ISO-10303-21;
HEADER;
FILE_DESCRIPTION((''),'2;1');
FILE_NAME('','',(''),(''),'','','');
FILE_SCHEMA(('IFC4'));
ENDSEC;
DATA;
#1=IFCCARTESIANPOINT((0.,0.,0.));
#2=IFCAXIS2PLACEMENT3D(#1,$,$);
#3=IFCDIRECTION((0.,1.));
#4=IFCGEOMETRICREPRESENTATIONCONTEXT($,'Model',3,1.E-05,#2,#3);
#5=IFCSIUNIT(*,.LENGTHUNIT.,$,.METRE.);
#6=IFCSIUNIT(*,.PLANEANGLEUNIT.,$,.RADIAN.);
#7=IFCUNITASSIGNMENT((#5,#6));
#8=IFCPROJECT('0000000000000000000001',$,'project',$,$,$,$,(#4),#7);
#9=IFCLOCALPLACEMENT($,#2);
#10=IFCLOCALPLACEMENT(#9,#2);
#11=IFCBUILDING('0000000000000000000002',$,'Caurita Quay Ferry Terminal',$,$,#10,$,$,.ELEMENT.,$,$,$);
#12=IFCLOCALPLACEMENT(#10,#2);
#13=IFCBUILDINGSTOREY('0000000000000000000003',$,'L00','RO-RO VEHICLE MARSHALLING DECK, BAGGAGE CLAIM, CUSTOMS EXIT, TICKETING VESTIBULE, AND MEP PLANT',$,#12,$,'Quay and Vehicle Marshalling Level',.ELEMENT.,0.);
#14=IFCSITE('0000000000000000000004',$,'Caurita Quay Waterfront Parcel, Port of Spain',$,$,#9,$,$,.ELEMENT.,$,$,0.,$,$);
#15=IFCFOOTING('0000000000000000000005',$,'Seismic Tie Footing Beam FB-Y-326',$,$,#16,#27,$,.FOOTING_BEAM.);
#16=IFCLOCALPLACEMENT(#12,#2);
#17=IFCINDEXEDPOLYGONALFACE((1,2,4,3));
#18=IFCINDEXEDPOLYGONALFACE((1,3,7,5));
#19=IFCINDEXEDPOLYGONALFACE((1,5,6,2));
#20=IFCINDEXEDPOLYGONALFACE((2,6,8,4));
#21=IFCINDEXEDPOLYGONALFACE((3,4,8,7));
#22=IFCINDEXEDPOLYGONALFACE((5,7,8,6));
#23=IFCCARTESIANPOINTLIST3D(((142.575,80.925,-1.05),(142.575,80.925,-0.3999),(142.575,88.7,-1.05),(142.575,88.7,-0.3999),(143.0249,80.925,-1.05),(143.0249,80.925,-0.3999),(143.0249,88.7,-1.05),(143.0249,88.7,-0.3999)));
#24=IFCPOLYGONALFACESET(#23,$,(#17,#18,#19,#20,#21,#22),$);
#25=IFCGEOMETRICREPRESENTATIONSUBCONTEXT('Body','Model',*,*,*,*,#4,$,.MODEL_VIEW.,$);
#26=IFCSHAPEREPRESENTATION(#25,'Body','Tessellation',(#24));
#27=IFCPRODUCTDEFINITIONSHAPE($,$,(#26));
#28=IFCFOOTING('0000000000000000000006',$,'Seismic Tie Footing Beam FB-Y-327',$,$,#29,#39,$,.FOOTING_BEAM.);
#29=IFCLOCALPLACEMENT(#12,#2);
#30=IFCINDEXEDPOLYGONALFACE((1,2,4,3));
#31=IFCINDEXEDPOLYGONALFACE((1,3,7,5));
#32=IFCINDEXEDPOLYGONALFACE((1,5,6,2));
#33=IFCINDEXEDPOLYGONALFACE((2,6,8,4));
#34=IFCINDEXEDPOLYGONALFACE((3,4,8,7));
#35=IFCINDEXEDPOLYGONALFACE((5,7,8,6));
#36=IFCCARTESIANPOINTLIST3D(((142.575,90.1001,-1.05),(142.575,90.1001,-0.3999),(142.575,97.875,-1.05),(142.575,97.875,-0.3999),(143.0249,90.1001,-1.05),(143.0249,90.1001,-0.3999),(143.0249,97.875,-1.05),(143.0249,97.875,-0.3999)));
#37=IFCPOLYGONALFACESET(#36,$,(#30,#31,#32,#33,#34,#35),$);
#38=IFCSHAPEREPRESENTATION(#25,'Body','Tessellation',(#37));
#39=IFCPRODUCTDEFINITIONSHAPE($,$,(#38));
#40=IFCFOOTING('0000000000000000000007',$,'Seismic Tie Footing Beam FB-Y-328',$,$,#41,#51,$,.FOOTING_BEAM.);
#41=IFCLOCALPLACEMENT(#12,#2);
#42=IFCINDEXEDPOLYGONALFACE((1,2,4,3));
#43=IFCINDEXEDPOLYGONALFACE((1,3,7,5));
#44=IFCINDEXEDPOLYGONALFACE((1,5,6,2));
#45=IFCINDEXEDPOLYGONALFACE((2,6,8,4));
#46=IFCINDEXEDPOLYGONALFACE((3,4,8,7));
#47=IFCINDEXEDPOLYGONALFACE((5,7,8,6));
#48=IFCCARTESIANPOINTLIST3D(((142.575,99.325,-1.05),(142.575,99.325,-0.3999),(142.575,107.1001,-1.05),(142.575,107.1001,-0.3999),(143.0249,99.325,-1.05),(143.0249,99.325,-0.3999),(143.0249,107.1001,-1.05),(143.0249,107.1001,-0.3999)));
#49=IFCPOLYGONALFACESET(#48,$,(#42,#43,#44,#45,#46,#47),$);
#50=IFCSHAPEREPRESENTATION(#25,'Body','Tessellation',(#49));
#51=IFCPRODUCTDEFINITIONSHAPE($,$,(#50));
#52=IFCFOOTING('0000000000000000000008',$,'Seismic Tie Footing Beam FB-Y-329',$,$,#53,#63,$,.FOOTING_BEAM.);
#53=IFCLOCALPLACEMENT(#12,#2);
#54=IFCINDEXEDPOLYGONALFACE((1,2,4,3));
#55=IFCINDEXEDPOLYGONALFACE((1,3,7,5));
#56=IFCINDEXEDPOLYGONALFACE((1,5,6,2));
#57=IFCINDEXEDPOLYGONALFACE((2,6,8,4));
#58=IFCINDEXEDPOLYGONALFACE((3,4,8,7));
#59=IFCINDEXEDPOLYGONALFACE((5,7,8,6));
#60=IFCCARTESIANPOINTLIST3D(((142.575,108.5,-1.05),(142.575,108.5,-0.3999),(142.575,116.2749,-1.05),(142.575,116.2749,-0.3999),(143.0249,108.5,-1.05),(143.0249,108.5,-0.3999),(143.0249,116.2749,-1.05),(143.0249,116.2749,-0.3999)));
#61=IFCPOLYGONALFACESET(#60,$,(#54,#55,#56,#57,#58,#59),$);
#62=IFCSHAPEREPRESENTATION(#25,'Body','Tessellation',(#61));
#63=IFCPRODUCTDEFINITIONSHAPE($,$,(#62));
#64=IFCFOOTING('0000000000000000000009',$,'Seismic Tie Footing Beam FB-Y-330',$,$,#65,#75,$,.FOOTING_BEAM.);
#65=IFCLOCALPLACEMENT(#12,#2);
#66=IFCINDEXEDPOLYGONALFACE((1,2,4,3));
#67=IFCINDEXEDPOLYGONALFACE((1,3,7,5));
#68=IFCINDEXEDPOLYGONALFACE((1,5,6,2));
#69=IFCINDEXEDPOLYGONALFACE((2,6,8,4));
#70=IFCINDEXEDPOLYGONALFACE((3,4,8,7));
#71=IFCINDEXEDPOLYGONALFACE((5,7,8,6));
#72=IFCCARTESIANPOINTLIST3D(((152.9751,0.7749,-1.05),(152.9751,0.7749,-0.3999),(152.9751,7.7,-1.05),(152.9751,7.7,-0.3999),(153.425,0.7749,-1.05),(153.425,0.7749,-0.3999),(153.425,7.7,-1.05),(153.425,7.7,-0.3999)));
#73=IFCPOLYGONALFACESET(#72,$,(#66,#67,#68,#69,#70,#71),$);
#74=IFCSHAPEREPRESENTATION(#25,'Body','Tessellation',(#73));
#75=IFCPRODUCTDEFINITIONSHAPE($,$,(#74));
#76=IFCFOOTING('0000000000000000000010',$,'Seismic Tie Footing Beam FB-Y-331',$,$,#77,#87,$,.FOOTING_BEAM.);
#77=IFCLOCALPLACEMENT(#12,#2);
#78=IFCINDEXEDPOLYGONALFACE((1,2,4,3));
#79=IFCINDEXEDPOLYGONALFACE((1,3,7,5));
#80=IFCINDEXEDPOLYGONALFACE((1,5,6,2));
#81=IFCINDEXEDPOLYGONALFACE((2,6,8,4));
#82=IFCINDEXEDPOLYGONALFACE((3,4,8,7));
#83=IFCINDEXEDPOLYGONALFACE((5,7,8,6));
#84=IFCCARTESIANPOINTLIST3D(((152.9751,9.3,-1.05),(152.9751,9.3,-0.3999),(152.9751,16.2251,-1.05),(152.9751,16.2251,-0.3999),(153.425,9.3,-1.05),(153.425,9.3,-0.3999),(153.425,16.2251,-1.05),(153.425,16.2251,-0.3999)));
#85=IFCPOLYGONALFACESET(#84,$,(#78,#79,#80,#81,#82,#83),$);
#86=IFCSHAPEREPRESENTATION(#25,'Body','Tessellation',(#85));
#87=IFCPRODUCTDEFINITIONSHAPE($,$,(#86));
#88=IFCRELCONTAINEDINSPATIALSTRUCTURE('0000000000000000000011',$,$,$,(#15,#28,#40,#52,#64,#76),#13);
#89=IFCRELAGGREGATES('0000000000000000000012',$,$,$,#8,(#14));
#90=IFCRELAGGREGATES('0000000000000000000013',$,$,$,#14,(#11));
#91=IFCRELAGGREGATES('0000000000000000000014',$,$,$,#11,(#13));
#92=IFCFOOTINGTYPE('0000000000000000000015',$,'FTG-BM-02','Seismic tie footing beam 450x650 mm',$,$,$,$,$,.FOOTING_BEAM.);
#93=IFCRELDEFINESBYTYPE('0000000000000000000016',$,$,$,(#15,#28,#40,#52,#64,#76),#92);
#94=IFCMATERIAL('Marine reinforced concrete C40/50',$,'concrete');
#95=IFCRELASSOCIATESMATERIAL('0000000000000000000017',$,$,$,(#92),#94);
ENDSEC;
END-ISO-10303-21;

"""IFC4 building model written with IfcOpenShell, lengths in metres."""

from ifc_helpers import new_model, si_unit, direction, frame, origin, place, context, subcontext, project, spatial, polyline, outline, extrude, material, type_object, element, save


model = new_model("IFC4")

# Units and contexts
model_context = context("Model", 3, precision=1e-05, world=origin(), true_north=direction((0.0, 1.0)))
body_context = subcontext(model_context, "Body", "Model", "MODEL_VIEW")
ifc_project = project(units=[si_unit("LENGTHUNIT", "METRE"), si_unit("PLANEANGLEUNIT", "RADIAN")], contexts=[model_context])

# Site, building, storey
site_placement = place(None, origin())
site = spatial("IfcSite", under=ifc_project, at=site_placement, Name="Caurita Quay Waterfront Parcel, Port of Spain", CompositionType="ELEMENT", RefElevation=0.0)
building_placement = place(site_placement, origin())
building = spatial("IfcBuilding", under=site, at=building_placement, Name="Caurita Quay Ferry Terminal", CompositionType="ELEMENT")
storey_placement = place(building_placement, origin())
storey = spatial("IfcBuildingStorey", under=building, at=storey_placement, Name="L00", Description="RO-RO VEHICLE MARSHALLING DECK, BAGGAGE CLAIM, CUSTOMS EXIT, TICKETING VESTIBULE, AND MEP PLANT", LongName="Quay and Vehicle Marshalling Level", CompositionType="ELEMENT", Elevation=0.0)

# Footings
ifc_material = material(Name="Marine reinforced concrete C40/50", Category="concrete")
footing_type = type_object("IfcFootingType", Name="FTG-BM-02", Description="Seismic tie footing beam 450x650 mm", PredefinedType="FOOTING_BEAM", material=ifc_material)
footing_1_placement = place(storey_placement, frame((0.0, 0.0, -1.05)))
element("IfcFooting", 1, at=footing_1_placement, inside=storey, type_object=footing_type, Name="Seismic Tie Footing Beam FB-Y-326", PredefinedType="FOOTING_BEAM", context=body_context, shape_type="SweptSolid", body=[
    extrude(outline(polyline([(142.575, 80.925), (143.0249, 80.925), (143.0249, 88.7), (142.575, 88.7), (142.575, 80.925)])), origin(), (0.0, 0.0, 1.0), 0.6501),
])
footing_2_placement = place(storey_placement, frame((0.0, 0.0, -1.05)))
element("IfcFooting", 2, at=footing_2_placement, inside=storey, type_object=footing_type, Name="Seismic Tie Footing Beam FB-Y-327", PredefinedType="FOOTING_BEAM", context=body_context, shape_type="SweptSolid", body=[
    extrude(outline(polyline([(142.575, 90.1001), (143.0249, 90.1001), (143.0249, 97.875), (142.575, 97.875), (142.575, 90.1001)])), origin(), (0.0, 0.0, 1.0), 0.6501),
])
footing_3_placement = place(storey_placement, frame((0.0, 0.0, -1.05)))
element("IfcFooting", 3, at=footing_3_placement, inside=storey, type_object=footing_type, Name="Seismic Tie Footing Beam FB-Y-328", PredefinedType="FOOTING_BEAM", context=body_context, shape_type="SweptSolid", body=[
    extrude(outline(polyline([(142.575, 99.325), (143.0249, 99.325), (143.0249, 107.1001), (142.575, 107.1001), (142.575, 99.325)])), origin(), (0.0, 0.0, 1.0), 0.6501),
])
footing_4_placement = place(storey_placement, frame((0.0, 0.0, -1.05)))
element("IfcFooting", 4, at=footing_4_placement, inside=storey, type_object=footing_type, Name="Seismic Tie Footing Beam FB-Y-329", PredefinedType="FOOTING_BEAM", context=body_context, shape_type="SweptSolid", body=[
    extrude(outline(polyline([(142.575, 108.5), (143.0249, 108.5), (143.0249, 116.2749), (142.575, 116.2749), (142.575, 108.5)])), origin(), (0.0, 0.0, 1.0), 0.6501),
])
footing_5_placement = place(storey_placement, frame((0.0, 0.0, -1.05)))
element("IfcFooting", 5, at=footing_5_placement, inside=storey, type_object=footing_type, Name="Seismic Tie Footing Beam FB-Y-330", PredefinedType="FOOTING_BEAM", context=body_context, shape_type="SweptSolid", body=[
    extrude(outline(polyline([(152.9751, 0.7749), (153.425, 0.7749), (153.425, 7.7), (152.9751, 7.7), (152.9751, 0.7749)])), origin(), (0.0, 0.0, 1.0), 0.6501),
])
footing_6_placement = place(storey_placement, frame((0.0, 0.0, -1.05)))
element("IfcFooting", 6, at=footing_6_placement, inside=storey, type_object=footing_type, Name="Seismic Tie Footing Beam FB-Y-331", PredefinedType="FOOTING_BEAM", context=body_context, shape_type="SweptSolid", body=[
    extrude(outline(polyline([(152.9751, 9.3), (153.425, 9.3), (153.425, 16.2251), (152.9751, 16.2251), (152.9751, 9.3)])), origin(), (0.0, 0.0, 1.0), 0.6501),
])

save(model, "model.ifc")
